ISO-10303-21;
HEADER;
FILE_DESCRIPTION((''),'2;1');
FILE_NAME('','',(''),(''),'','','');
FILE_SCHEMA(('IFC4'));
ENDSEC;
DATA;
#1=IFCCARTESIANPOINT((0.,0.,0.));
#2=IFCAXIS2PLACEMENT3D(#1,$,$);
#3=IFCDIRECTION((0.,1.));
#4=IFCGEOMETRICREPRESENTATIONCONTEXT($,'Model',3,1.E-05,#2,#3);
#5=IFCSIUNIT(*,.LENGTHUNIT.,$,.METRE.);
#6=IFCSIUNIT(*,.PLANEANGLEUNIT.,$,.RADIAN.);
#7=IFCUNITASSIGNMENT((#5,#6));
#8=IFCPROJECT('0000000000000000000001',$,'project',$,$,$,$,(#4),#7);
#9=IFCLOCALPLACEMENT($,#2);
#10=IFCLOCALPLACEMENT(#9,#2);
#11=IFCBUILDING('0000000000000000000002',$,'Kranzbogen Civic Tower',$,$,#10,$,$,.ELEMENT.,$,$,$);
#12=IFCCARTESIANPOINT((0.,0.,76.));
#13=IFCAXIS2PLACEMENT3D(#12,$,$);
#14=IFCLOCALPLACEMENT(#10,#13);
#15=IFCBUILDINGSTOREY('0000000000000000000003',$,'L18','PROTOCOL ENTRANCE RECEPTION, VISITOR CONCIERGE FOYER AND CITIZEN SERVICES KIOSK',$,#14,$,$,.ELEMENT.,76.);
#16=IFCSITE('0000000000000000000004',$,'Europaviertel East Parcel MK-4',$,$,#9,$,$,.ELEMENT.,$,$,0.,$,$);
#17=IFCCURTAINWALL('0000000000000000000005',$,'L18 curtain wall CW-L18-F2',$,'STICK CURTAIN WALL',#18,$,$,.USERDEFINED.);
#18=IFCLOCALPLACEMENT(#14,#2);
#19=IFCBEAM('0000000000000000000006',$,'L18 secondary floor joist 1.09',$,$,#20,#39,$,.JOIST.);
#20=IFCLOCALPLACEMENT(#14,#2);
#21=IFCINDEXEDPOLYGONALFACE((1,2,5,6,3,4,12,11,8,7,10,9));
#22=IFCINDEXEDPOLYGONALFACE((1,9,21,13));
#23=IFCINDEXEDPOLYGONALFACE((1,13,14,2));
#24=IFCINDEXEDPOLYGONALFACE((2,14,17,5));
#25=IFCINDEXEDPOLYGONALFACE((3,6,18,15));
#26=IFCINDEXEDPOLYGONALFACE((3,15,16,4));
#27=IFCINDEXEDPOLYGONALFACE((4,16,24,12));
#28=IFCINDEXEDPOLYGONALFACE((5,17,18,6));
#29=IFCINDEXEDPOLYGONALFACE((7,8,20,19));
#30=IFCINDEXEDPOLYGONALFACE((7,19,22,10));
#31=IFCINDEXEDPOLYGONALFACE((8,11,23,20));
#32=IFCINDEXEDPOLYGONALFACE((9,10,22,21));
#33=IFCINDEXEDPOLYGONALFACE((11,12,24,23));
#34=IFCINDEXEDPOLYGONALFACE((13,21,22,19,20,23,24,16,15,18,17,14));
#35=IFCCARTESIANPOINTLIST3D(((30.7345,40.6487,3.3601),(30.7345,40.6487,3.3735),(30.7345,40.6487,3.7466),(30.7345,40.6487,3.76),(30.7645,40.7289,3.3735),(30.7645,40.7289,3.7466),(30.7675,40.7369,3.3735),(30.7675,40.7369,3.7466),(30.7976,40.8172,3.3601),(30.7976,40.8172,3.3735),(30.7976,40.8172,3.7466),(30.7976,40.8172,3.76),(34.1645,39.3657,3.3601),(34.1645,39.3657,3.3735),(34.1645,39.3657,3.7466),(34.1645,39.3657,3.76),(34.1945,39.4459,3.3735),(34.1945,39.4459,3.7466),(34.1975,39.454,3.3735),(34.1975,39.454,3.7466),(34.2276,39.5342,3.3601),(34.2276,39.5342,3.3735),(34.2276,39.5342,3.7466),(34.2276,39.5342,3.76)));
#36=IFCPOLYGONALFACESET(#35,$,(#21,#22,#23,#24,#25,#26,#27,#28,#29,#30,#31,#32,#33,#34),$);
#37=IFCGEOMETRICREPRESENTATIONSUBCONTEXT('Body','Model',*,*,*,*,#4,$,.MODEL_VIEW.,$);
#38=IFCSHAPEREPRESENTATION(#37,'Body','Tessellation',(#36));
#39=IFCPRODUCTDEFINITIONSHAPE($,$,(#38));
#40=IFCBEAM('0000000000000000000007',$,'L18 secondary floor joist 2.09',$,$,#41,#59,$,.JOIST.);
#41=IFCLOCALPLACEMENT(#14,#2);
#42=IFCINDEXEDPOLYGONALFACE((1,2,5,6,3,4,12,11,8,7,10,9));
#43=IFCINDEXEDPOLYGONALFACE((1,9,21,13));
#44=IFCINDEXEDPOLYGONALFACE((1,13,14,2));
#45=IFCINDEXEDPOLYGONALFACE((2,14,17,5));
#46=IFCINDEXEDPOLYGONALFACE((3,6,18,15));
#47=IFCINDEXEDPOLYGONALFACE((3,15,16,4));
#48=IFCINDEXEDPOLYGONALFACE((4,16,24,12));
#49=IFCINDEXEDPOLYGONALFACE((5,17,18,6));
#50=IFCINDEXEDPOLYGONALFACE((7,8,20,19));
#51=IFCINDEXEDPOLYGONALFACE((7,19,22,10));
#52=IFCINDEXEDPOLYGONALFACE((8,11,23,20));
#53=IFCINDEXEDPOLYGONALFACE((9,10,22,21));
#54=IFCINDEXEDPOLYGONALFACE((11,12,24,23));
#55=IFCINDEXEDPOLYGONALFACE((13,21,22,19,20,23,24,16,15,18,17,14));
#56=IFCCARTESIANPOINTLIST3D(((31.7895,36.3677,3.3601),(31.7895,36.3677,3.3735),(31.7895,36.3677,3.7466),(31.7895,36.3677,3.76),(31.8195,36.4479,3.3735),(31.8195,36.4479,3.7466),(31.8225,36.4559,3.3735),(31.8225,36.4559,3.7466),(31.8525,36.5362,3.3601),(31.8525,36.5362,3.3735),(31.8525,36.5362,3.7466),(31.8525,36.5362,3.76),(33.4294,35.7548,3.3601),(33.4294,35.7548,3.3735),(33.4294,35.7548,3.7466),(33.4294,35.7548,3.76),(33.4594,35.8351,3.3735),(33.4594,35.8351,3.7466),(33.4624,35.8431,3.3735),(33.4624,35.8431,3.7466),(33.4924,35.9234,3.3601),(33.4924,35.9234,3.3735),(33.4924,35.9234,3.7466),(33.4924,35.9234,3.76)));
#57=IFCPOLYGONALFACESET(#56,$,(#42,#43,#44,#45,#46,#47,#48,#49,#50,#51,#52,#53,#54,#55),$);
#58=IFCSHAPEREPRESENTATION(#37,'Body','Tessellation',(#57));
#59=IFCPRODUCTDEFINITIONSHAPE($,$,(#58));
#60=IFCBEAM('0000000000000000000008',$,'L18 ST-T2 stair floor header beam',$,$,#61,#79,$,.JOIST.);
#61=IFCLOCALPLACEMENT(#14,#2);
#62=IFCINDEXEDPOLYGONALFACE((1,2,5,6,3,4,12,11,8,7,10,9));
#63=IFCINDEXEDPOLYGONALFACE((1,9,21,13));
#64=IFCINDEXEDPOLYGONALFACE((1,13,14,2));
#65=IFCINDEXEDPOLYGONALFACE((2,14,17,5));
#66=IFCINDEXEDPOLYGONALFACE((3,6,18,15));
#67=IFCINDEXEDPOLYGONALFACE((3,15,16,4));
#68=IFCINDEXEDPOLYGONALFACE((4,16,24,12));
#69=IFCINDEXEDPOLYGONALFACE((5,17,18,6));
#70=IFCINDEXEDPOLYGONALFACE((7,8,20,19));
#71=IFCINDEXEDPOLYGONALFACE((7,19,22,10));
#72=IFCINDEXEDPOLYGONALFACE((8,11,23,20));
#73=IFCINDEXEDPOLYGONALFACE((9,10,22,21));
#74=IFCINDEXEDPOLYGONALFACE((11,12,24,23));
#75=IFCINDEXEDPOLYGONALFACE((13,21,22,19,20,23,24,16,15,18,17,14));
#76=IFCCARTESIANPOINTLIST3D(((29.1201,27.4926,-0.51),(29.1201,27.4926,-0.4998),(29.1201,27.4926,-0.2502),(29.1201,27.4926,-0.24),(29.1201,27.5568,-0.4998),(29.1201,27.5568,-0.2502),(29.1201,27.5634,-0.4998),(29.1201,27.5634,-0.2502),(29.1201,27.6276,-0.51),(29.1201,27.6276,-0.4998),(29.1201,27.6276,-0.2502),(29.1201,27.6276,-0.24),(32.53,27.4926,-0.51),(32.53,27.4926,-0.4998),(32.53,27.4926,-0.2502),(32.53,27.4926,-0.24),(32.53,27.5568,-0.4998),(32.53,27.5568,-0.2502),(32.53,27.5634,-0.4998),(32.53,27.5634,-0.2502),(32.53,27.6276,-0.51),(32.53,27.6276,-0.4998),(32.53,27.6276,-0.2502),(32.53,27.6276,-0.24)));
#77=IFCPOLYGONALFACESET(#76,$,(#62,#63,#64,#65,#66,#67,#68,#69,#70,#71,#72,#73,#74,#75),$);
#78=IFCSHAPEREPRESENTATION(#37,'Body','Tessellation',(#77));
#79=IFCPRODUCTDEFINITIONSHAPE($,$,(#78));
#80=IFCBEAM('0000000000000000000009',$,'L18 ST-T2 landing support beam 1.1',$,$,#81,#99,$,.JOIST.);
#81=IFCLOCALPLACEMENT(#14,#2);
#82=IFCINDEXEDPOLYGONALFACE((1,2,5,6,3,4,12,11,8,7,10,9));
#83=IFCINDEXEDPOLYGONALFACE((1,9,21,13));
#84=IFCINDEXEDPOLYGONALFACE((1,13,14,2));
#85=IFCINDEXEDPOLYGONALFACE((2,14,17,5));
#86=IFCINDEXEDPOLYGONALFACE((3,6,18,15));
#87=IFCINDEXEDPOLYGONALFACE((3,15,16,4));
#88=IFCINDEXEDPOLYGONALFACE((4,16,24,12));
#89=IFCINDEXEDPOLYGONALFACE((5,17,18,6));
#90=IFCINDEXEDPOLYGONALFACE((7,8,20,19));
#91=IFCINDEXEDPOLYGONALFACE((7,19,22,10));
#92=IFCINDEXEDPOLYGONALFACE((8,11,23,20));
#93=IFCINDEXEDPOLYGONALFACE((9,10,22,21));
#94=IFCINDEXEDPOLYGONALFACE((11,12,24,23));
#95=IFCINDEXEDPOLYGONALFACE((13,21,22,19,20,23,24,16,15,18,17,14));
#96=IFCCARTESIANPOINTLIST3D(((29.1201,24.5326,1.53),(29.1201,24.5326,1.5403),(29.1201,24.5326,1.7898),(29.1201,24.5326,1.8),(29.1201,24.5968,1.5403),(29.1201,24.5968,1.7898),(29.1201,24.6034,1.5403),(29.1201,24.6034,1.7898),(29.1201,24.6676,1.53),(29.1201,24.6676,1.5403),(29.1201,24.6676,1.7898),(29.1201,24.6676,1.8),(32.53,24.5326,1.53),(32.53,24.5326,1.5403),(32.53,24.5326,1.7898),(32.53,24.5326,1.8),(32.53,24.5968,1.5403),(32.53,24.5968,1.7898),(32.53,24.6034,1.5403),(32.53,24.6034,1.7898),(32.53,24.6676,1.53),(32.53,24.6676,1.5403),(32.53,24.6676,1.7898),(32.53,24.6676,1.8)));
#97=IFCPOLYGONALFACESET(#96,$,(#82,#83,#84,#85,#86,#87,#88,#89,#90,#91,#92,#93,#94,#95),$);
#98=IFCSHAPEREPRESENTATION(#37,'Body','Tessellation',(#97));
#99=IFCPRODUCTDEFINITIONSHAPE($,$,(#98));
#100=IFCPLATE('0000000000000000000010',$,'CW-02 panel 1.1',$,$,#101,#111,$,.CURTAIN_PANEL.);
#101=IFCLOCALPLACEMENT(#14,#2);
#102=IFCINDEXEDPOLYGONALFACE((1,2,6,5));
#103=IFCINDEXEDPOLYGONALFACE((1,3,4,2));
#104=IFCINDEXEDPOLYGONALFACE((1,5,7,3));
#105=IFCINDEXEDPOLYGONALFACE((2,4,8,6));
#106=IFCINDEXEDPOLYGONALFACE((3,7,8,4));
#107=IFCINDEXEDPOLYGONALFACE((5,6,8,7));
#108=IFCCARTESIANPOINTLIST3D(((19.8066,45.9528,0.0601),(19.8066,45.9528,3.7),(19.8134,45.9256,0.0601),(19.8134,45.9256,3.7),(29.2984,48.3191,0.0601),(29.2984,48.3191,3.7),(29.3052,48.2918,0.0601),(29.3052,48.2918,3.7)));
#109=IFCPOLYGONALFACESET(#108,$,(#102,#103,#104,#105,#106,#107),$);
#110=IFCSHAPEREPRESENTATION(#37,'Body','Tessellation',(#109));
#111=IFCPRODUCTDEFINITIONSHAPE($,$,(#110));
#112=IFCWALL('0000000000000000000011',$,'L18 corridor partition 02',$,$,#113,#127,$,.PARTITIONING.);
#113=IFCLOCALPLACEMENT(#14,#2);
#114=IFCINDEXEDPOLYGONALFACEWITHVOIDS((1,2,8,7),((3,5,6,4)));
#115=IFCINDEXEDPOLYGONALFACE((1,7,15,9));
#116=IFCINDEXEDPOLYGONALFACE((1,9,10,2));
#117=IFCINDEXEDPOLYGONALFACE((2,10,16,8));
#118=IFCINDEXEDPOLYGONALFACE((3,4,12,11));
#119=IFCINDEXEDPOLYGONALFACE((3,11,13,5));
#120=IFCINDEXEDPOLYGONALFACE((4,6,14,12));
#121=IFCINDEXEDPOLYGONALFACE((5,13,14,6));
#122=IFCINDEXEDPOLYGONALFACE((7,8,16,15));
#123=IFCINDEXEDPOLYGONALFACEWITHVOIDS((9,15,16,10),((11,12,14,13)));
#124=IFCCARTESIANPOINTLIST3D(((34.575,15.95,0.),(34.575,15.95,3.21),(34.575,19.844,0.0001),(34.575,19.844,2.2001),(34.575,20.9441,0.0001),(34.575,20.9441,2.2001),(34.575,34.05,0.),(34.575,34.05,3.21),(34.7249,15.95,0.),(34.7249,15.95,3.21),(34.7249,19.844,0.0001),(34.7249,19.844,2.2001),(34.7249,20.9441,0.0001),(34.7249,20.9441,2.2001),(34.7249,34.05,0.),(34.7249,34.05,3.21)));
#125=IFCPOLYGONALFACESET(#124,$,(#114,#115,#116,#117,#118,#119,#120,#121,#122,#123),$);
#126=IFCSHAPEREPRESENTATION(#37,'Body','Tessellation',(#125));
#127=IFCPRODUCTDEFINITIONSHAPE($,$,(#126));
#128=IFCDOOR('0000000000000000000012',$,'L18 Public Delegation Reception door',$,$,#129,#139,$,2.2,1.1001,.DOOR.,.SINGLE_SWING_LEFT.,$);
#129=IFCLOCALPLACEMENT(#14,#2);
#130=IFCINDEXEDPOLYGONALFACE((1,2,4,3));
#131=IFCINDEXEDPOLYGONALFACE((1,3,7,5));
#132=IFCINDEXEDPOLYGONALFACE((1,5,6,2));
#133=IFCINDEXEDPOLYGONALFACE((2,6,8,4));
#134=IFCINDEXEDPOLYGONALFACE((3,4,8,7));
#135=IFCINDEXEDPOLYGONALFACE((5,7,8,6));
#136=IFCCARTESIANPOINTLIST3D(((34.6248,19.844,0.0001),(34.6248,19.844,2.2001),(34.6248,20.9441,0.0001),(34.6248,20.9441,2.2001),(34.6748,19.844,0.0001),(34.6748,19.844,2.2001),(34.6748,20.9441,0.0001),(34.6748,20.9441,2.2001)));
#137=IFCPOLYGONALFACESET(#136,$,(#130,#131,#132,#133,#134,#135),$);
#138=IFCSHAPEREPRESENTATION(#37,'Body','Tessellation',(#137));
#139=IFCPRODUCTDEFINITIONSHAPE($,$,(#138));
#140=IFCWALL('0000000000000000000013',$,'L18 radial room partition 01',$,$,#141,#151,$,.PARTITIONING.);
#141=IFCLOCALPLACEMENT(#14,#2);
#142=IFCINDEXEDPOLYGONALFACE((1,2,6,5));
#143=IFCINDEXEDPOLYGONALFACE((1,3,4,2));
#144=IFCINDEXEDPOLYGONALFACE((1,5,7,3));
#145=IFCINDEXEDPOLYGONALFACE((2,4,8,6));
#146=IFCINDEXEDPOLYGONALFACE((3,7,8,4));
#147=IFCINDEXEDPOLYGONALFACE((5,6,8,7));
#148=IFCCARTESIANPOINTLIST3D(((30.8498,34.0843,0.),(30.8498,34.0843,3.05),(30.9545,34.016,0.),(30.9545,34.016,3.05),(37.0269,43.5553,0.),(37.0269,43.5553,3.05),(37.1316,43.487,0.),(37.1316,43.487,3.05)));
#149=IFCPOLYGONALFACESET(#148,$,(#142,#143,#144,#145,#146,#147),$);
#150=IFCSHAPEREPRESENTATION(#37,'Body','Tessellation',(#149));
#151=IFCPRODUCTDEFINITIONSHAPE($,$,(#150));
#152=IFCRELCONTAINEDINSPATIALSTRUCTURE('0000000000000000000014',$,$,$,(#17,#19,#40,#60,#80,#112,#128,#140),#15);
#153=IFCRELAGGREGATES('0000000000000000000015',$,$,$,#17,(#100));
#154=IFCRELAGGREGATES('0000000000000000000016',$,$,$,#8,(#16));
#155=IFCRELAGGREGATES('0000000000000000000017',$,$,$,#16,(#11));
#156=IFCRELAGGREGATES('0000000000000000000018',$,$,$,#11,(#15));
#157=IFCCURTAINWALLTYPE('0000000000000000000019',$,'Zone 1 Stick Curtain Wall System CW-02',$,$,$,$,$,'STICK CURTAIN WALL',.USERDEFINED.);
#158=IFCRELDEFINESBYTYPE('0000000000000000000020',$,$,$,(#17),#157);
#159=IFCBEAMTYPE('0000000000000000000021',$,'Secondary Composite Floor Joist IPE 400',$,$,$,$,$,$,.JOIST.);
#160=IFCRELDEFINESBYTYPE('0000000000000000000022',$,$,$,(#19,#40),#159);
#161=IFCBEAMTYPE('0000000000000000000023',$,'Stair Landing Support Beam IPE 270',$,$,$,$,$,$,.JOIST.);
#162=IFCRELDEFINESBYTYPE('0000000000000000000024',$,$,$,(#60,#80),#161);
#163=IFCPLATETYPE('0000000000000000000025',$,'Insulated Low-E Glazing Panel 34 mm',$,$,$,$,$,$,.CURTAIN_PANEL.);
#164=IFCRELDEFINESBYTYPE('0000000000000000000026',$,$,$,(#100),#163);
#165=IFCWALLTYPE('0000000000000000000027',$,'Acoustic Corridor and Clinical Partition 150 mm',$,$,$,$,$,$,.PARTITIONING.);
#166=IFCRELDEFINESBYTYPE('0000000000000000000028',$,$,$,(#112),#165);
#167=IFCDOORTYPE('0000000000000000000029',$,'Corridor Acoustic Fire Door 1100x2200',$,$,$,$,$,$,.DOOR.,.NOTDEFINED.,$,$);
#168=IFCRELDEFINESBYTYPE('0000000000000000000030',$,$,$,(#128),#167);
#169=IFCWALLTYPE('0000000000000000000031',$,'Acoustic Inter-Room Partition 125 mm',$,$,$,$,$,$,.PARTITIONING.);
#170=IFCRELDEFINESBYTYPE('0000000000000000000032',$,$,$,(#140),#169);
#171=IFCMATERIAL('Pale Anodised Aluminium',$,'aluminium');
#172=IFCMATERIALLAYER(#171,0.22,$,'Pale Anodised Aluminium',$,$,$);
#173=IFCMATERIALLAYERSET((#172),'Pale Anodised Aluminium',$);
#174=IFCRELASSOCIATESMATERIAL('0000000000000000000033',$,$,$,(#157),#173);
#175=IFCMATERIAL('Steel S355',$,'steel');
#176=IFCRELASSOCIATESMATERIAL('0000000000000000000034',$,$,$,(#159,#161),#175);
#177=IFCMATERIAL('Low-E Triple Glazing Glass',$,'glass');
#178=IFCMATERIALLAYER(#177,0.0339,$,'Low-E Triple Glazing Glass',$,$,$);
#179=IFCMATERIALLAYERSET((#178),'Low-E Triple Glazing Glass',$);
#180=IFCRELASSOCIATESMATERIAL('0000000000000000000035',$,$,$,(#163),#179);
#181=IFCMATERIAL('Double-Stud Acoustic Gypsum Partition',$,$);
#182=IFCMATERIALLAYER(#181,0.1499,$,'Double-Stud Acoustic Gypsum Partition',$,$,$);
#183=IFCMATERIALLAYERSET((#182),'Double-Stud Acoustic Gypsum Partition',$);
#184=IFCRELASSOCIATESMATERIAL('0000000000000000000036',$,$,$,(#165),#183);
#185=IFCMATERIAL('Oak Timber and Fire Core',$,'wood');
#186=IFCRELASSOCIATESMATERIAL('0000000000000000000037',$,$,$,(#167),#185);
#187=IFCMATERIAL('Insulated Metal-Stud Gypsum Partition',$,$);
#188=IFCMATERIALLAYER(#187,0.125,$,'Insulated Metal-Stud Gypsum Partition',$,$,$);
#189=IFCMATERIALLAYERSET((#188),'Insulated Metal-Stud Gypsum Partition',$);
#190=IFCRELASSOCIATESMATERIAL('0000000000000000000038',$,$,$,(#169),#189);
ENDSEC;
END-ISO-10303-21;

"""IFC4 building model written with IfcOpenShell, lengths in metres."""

from ifc_helpers import new_model, si_unit, direction, frame, frame_2d, origin, origin_2d, place, context, subcontext, project, spatial, rectangle, i_section, extrude, material, layer, layer_set, material_profile, profile_set, type_object, element, fill, aggregate, save


model = new_model("IFC4")

# Units and contexts
model_context = context("Model", 3, precision=1e-05, world=origin(), true_north=direction((0.0, 1.0)))
body_context = subcontext(model_context, "Body", "Model", "MODEL_VIEW")
ifc_project = project(units=[si_unit("LENGTHUNIT", "METRE"), si_unit("PLANEANGLEUNIT", "RADIAN")], contexts=[model_context])

# Site, building, storey
site_placement = place(None, origin())
site = spatial("IfcSite", under=ifc_project, at=site_placement, Name="Europaviertel East Parcel MK-4", CompositionType="ELEMENT", RefElevation=0.0)
building_placement = place(site_placement, origin())
building = spatial("IfcBuilding", under=site, at=building_placement, Name="Kranzbogen Civic Tower", CompositionType="ELEMENT")
storey_placement = place(building_placement, frame((0.0, 0.0, 76.0)))
storey = spatial("IfcBuildingStorey", under=building, at=storey_placement, Name="L18", Description="PROTOCOL ENTRANCE RECEPTION, VISITOR CONCIERGE FOYER AND CITIZEN SERVICES KIOSK", CompositionType="ELEMENT", Elevation=76.0)

# Shared definitions
ifc_material_1 = material(Name="Steel S355", Category="steel")

# Shared definitions
ifc_material_2 = material(Name="Pale Anodised Aluminium", Category="aluminium")
ifc_layer_1 = layer(ifc_material_2, 0.22, Name="Pale Anodised Aluminium")
ifc_layer_set_1 = layer_set([ifc_layer_1], Name="Pale Anodised Aluminium")
curtain_wall_type = type_object("IfcCurtainWallType", Name="Zone 1 Stick Curtain Wall System CW-02", ElementType="STICK CURTAIN WALL", PredefinedType="USERDEFINED", material=ifc_layer_set_1)

# Curtain wall
curtain_wall_1_placement = place(storey_placement, origin())
curtain_wall_1 = element("IfcCurtainWall", 1, at=curtain_wall_1_placement, inside=storey, type_object=curtain_wall_type, Name="L18 curtain wall CW-L18-F2", ObjectType="STICK CURTAIN WALL", PredefinedType="USERDEFINED")

# Beams
ifc_material_profile_1 = material_profile(ifc_material_1, i_section(OverallWidth=0.1799, OverallDepth=0.3999, WebThickness=0.0085, FlangeThickness=0.0134, at=origin_2d()), Name="IPE 400")
ifc_profile_set_1 = profile_set([ifc_material_profile_1], Name="Steel S355")
beam_type_1 = type_object("IfcBeamType", Name="Secondary Composite Floor Joist IPE 400", PredefinedType="JOIST", material=ifc_profile_set_1)
beam_1_placement = place(storey_placement, frame((34.196, 39.45, 3.5601), z_axis=(-0.936622, 0.350342, 0.0), x_axis=(-0.350342, -0.936622, 0.0)))
element("IfcBeam", 2, at=beam_1_placement, inside=storey, type_object=beam_type_1, Name="L18 secondary floor joist 1.09", PredefinedType="JOIST", context=body_context, shape_type="SweptSolid", body=[
    extrude(i_section(OverallWidth=0.1799, OverallDepth=0.3999, WebThickness=0.0085, FlangeThickness=0.0134, at=origin_2d()), origin(), (0.0, 0.0, 1.0), 3.6621),
])
beam_2_placement = place(storey_placement, frame((33.4609, 35.8391, 3.5601), z_axis=(-0.936735, 0.350038, 0.0), x_axis=(-0.350038, -0.936735, 0.0)))
element("IfcBeam", 3, at=beam_2_placement, inside=storey, type_object=beam_type_1, Name="L18 secondary floor joist 2.09", PredefinedType="JOIST", context=body_context, shape_type="SweptSolid", body=[
    extrude(i_section(OverallWidth=0.1799, OverallDepth=0.3999, WebThickness=0.0085, FlangeThickness=0.0134, at=origin_2d()), origin(), (0.0, 0.0, 1.0), 1.7507),
])
ifc_material_profile_2 = material_profile(ifc_material_1, i_section(OverallWidth=0.135, OverallDepth=0.27, WebThickness=0.0066, FlangeThickness=0.0103, at=origin_2d()), Name="IPE 270")
ifc_profile_set_2 = profile_set([ifc_material_profile_2], Name="Steel S355")
beam_type_2 = type_object("IfcBeamType", Name="Stair Landing Support Beam IPE 270", PredefinedType="JOIST", material=ifc_profile_set_2)
for number, where, z_axis, x_axis, name in (
    (4, (29.1201, 27.5601, -0.375), (1.0, 0.0, 0.0), (0.0, 1.0, 0.0), "L18 ST-T2 stair floor header beam"),
    (5, (29.1201, 24.6001, 1.665), (1.0, 0.0, 0.0), (0.0, 1.0, 0.0), "L18 ST-T2 landing support beam 1.1"),
):
    element("IfcBeam", number, at=place(storey_placement, frame(where, z_axis=z_axis, x_axis=x_axis)), inside=storey, type_object=beam_type_2, Name=name, PredefinedType="JOIST", context=body_context, shape_type="SweptSolid", body=[
        extrude(i_section(OverallWidth=0.135, OverallDepth=0.27, WebThickness=0.0066, FlangeThickness=0.0103, at=origin_2d()), origin(), (0.0, 0.0, 1.0), 3.4099),
    ])

# Plate
ifc_material_3 = material(Name="Low-E Triple Glazing Glass", Category="glass")
ifc_layer_2 = layer(ifc_material_3, 0.0339, Name="Low-E Triple Glazing Glass")
ifc_layer_set_2 = layer_set([ifc_layer_2], Name="Low-E Triple Glazing Glass")
plate_type = type_object("IfcPlateType", Name="Insulated Low-E Glazing Panel 34 mm", PredefinedType="CURTAIN_PANEL", material=ifc_layer_set_2)
plate_placement = place(storey_placement, frame((24.5559, 47.1223, 0.0601), z_axis=(0.0, 0.0, 1.0), x_axis=(-0.970303, -0.241892, 0.0)))
plate = element("IfcPlate", 6, at=plate_placement, type_object=plate_type, Name="CW-02 panel 1.1", PredefinedType="CURTAIN_PANEL", context=body_context, shape_type="SweptSolid", body=[
    extrude(rectangle(XDim=9.7822, YDim=0.0281, at=origin_2d()), origin(), (0.0, 0.0, 1.0), 3.6399),
])
aggregate(curtain_wall_1, [plate])

# Wall, opening, door
ifc_material_4 = material(Name="Double-Stud Acoustic Gypsum Partition")
ifc_layer_3 = layer(ifc_material_4, 0.1499, Name="Double-Stud Acoustic Gypsum Partition")
ifc_layer_set_3 = layer_set([ifc_layer_3], Name="Double-Stud Acoustic Gypsum Partition")
wall_type_1 = type_object("IfcWallType", Name="Acoustic Corridor and Clinical Partition 150 mm", PredefinedType="PARTITIONING", material=ifc_layer_set_3)
wall_1_placement = place(storey_placement, frame((34.6499, 34.05, 0.0), z_axis=(0.0, 0.0, 1.0), x_axis=(0.0, -1.0, 0.0)))
wall_1 = element("IfcWall", 7, at=wall_1_placement, inside=storey, type_object=wall_type_1, Name="L18 corridor partition 02", PredefinedType="PARTITIONING", context=body_context, shape_type="SweptSolid", body=[
    extrude(rectangle(XDim=18.1001, YDim=0.1499, at=frame_2d((9.05, 0.0))), origin(), (0.0, 0.0, 1.0), 3.21),
])
opening_1_placement = place(wall_1_placement, frame((13.106, 0.0, 0.0)))
opening_1 = element("IfcOpeningElement", 8, at=opening_1_placement, cuts=wall_1, PredefinedType="OPENING", context=body_context, shape_type="SweptSolid", body=[
    extrude(rectangle(XDim=1.1001, YDim=2.2, at=frame_2d((0.55, 1.1001))), frame((0.0, 0.085, 0.0), z_axis=(0.0, -1.0, 0.0), x_axis=(1.0, 0.0, 0.0)), (0.0, 0.0, 1.0), 0.1699),
])
ifc_material_5 = material(Name="Oak Timber and Fire Core", Category="wood")
door_type_1 = type_object("IfcDoorType", Name="Corridor Acoustic Fire Door 1100x2200", OperationType="NOTDEFINED", PredefinedType="DOOR", material=ifc_material_5)
door_1_placement = place(opening_1_placement, origin())
door_1 = element("IfcDoor", 9, at=door_1_placement, inside=storey, type_object=door_type_1, Name="L18 Public Delegation Reception door", OperationType="SINGLE_SWING_LEFT", OverallHeight=2.2, OverallWidth=1.1001, PredefinedType="DOOR", context=body_context, shape_type="SweptSolid", body=[
    extrude(rectangle(XDim=1.1001, YDim=2.2, at=frame_2d((0.55, 1.1001))), frame((0.0, 0.0249, 0.0), z_axis=(0.0, -1.0, 0.0), x_axis=(1.0, 0.0, 0.0)), (0.0, 0.0, 1.0), 0.05),
])
fill(opening_1, door_1)

# Wall
ifc_material_6 = material(Name="Insulated Metal-Stud Gypsum Partition")
ifc_layer_4 = layer(ifc_material_6, 0.125, Name="Insulated Metal-Stud Gypsum Partition")
ifc_layer_set_4 = layer_set([ifc_layer_4], Name="Insulated Metal-Stud Gypsum Partition")
wall_type_2 = type_object("IfcWallType", Name="Acoustic Inter-Room Partition 125 mm", PredefinedType="PARTITIONING", material=ifc_layer_set_4)
wall_2_placement = place(storey_placement, frame((30.9021, 34.05, 0.0), z_axis=(0.0, 0.0, 1.0), x_axis=(0.546286, 0.837599, 0.0)))
element("IfcWall", 10, at=wall_2_placement, inside=storey, type_object=wall_type_2, Name="L18 radial room partition 01", PredefinedType="PARTITIONING", context=body_context, shape_type="SweptSolid", body=[
    extrude(rectangle(XDim=11.3074, YDim=0.125, at=frame_2d((5.6538, 0.0))), origin(), (0.0, 0.0, 1.0), 3.05),
])

save(model, "model.ifc")
